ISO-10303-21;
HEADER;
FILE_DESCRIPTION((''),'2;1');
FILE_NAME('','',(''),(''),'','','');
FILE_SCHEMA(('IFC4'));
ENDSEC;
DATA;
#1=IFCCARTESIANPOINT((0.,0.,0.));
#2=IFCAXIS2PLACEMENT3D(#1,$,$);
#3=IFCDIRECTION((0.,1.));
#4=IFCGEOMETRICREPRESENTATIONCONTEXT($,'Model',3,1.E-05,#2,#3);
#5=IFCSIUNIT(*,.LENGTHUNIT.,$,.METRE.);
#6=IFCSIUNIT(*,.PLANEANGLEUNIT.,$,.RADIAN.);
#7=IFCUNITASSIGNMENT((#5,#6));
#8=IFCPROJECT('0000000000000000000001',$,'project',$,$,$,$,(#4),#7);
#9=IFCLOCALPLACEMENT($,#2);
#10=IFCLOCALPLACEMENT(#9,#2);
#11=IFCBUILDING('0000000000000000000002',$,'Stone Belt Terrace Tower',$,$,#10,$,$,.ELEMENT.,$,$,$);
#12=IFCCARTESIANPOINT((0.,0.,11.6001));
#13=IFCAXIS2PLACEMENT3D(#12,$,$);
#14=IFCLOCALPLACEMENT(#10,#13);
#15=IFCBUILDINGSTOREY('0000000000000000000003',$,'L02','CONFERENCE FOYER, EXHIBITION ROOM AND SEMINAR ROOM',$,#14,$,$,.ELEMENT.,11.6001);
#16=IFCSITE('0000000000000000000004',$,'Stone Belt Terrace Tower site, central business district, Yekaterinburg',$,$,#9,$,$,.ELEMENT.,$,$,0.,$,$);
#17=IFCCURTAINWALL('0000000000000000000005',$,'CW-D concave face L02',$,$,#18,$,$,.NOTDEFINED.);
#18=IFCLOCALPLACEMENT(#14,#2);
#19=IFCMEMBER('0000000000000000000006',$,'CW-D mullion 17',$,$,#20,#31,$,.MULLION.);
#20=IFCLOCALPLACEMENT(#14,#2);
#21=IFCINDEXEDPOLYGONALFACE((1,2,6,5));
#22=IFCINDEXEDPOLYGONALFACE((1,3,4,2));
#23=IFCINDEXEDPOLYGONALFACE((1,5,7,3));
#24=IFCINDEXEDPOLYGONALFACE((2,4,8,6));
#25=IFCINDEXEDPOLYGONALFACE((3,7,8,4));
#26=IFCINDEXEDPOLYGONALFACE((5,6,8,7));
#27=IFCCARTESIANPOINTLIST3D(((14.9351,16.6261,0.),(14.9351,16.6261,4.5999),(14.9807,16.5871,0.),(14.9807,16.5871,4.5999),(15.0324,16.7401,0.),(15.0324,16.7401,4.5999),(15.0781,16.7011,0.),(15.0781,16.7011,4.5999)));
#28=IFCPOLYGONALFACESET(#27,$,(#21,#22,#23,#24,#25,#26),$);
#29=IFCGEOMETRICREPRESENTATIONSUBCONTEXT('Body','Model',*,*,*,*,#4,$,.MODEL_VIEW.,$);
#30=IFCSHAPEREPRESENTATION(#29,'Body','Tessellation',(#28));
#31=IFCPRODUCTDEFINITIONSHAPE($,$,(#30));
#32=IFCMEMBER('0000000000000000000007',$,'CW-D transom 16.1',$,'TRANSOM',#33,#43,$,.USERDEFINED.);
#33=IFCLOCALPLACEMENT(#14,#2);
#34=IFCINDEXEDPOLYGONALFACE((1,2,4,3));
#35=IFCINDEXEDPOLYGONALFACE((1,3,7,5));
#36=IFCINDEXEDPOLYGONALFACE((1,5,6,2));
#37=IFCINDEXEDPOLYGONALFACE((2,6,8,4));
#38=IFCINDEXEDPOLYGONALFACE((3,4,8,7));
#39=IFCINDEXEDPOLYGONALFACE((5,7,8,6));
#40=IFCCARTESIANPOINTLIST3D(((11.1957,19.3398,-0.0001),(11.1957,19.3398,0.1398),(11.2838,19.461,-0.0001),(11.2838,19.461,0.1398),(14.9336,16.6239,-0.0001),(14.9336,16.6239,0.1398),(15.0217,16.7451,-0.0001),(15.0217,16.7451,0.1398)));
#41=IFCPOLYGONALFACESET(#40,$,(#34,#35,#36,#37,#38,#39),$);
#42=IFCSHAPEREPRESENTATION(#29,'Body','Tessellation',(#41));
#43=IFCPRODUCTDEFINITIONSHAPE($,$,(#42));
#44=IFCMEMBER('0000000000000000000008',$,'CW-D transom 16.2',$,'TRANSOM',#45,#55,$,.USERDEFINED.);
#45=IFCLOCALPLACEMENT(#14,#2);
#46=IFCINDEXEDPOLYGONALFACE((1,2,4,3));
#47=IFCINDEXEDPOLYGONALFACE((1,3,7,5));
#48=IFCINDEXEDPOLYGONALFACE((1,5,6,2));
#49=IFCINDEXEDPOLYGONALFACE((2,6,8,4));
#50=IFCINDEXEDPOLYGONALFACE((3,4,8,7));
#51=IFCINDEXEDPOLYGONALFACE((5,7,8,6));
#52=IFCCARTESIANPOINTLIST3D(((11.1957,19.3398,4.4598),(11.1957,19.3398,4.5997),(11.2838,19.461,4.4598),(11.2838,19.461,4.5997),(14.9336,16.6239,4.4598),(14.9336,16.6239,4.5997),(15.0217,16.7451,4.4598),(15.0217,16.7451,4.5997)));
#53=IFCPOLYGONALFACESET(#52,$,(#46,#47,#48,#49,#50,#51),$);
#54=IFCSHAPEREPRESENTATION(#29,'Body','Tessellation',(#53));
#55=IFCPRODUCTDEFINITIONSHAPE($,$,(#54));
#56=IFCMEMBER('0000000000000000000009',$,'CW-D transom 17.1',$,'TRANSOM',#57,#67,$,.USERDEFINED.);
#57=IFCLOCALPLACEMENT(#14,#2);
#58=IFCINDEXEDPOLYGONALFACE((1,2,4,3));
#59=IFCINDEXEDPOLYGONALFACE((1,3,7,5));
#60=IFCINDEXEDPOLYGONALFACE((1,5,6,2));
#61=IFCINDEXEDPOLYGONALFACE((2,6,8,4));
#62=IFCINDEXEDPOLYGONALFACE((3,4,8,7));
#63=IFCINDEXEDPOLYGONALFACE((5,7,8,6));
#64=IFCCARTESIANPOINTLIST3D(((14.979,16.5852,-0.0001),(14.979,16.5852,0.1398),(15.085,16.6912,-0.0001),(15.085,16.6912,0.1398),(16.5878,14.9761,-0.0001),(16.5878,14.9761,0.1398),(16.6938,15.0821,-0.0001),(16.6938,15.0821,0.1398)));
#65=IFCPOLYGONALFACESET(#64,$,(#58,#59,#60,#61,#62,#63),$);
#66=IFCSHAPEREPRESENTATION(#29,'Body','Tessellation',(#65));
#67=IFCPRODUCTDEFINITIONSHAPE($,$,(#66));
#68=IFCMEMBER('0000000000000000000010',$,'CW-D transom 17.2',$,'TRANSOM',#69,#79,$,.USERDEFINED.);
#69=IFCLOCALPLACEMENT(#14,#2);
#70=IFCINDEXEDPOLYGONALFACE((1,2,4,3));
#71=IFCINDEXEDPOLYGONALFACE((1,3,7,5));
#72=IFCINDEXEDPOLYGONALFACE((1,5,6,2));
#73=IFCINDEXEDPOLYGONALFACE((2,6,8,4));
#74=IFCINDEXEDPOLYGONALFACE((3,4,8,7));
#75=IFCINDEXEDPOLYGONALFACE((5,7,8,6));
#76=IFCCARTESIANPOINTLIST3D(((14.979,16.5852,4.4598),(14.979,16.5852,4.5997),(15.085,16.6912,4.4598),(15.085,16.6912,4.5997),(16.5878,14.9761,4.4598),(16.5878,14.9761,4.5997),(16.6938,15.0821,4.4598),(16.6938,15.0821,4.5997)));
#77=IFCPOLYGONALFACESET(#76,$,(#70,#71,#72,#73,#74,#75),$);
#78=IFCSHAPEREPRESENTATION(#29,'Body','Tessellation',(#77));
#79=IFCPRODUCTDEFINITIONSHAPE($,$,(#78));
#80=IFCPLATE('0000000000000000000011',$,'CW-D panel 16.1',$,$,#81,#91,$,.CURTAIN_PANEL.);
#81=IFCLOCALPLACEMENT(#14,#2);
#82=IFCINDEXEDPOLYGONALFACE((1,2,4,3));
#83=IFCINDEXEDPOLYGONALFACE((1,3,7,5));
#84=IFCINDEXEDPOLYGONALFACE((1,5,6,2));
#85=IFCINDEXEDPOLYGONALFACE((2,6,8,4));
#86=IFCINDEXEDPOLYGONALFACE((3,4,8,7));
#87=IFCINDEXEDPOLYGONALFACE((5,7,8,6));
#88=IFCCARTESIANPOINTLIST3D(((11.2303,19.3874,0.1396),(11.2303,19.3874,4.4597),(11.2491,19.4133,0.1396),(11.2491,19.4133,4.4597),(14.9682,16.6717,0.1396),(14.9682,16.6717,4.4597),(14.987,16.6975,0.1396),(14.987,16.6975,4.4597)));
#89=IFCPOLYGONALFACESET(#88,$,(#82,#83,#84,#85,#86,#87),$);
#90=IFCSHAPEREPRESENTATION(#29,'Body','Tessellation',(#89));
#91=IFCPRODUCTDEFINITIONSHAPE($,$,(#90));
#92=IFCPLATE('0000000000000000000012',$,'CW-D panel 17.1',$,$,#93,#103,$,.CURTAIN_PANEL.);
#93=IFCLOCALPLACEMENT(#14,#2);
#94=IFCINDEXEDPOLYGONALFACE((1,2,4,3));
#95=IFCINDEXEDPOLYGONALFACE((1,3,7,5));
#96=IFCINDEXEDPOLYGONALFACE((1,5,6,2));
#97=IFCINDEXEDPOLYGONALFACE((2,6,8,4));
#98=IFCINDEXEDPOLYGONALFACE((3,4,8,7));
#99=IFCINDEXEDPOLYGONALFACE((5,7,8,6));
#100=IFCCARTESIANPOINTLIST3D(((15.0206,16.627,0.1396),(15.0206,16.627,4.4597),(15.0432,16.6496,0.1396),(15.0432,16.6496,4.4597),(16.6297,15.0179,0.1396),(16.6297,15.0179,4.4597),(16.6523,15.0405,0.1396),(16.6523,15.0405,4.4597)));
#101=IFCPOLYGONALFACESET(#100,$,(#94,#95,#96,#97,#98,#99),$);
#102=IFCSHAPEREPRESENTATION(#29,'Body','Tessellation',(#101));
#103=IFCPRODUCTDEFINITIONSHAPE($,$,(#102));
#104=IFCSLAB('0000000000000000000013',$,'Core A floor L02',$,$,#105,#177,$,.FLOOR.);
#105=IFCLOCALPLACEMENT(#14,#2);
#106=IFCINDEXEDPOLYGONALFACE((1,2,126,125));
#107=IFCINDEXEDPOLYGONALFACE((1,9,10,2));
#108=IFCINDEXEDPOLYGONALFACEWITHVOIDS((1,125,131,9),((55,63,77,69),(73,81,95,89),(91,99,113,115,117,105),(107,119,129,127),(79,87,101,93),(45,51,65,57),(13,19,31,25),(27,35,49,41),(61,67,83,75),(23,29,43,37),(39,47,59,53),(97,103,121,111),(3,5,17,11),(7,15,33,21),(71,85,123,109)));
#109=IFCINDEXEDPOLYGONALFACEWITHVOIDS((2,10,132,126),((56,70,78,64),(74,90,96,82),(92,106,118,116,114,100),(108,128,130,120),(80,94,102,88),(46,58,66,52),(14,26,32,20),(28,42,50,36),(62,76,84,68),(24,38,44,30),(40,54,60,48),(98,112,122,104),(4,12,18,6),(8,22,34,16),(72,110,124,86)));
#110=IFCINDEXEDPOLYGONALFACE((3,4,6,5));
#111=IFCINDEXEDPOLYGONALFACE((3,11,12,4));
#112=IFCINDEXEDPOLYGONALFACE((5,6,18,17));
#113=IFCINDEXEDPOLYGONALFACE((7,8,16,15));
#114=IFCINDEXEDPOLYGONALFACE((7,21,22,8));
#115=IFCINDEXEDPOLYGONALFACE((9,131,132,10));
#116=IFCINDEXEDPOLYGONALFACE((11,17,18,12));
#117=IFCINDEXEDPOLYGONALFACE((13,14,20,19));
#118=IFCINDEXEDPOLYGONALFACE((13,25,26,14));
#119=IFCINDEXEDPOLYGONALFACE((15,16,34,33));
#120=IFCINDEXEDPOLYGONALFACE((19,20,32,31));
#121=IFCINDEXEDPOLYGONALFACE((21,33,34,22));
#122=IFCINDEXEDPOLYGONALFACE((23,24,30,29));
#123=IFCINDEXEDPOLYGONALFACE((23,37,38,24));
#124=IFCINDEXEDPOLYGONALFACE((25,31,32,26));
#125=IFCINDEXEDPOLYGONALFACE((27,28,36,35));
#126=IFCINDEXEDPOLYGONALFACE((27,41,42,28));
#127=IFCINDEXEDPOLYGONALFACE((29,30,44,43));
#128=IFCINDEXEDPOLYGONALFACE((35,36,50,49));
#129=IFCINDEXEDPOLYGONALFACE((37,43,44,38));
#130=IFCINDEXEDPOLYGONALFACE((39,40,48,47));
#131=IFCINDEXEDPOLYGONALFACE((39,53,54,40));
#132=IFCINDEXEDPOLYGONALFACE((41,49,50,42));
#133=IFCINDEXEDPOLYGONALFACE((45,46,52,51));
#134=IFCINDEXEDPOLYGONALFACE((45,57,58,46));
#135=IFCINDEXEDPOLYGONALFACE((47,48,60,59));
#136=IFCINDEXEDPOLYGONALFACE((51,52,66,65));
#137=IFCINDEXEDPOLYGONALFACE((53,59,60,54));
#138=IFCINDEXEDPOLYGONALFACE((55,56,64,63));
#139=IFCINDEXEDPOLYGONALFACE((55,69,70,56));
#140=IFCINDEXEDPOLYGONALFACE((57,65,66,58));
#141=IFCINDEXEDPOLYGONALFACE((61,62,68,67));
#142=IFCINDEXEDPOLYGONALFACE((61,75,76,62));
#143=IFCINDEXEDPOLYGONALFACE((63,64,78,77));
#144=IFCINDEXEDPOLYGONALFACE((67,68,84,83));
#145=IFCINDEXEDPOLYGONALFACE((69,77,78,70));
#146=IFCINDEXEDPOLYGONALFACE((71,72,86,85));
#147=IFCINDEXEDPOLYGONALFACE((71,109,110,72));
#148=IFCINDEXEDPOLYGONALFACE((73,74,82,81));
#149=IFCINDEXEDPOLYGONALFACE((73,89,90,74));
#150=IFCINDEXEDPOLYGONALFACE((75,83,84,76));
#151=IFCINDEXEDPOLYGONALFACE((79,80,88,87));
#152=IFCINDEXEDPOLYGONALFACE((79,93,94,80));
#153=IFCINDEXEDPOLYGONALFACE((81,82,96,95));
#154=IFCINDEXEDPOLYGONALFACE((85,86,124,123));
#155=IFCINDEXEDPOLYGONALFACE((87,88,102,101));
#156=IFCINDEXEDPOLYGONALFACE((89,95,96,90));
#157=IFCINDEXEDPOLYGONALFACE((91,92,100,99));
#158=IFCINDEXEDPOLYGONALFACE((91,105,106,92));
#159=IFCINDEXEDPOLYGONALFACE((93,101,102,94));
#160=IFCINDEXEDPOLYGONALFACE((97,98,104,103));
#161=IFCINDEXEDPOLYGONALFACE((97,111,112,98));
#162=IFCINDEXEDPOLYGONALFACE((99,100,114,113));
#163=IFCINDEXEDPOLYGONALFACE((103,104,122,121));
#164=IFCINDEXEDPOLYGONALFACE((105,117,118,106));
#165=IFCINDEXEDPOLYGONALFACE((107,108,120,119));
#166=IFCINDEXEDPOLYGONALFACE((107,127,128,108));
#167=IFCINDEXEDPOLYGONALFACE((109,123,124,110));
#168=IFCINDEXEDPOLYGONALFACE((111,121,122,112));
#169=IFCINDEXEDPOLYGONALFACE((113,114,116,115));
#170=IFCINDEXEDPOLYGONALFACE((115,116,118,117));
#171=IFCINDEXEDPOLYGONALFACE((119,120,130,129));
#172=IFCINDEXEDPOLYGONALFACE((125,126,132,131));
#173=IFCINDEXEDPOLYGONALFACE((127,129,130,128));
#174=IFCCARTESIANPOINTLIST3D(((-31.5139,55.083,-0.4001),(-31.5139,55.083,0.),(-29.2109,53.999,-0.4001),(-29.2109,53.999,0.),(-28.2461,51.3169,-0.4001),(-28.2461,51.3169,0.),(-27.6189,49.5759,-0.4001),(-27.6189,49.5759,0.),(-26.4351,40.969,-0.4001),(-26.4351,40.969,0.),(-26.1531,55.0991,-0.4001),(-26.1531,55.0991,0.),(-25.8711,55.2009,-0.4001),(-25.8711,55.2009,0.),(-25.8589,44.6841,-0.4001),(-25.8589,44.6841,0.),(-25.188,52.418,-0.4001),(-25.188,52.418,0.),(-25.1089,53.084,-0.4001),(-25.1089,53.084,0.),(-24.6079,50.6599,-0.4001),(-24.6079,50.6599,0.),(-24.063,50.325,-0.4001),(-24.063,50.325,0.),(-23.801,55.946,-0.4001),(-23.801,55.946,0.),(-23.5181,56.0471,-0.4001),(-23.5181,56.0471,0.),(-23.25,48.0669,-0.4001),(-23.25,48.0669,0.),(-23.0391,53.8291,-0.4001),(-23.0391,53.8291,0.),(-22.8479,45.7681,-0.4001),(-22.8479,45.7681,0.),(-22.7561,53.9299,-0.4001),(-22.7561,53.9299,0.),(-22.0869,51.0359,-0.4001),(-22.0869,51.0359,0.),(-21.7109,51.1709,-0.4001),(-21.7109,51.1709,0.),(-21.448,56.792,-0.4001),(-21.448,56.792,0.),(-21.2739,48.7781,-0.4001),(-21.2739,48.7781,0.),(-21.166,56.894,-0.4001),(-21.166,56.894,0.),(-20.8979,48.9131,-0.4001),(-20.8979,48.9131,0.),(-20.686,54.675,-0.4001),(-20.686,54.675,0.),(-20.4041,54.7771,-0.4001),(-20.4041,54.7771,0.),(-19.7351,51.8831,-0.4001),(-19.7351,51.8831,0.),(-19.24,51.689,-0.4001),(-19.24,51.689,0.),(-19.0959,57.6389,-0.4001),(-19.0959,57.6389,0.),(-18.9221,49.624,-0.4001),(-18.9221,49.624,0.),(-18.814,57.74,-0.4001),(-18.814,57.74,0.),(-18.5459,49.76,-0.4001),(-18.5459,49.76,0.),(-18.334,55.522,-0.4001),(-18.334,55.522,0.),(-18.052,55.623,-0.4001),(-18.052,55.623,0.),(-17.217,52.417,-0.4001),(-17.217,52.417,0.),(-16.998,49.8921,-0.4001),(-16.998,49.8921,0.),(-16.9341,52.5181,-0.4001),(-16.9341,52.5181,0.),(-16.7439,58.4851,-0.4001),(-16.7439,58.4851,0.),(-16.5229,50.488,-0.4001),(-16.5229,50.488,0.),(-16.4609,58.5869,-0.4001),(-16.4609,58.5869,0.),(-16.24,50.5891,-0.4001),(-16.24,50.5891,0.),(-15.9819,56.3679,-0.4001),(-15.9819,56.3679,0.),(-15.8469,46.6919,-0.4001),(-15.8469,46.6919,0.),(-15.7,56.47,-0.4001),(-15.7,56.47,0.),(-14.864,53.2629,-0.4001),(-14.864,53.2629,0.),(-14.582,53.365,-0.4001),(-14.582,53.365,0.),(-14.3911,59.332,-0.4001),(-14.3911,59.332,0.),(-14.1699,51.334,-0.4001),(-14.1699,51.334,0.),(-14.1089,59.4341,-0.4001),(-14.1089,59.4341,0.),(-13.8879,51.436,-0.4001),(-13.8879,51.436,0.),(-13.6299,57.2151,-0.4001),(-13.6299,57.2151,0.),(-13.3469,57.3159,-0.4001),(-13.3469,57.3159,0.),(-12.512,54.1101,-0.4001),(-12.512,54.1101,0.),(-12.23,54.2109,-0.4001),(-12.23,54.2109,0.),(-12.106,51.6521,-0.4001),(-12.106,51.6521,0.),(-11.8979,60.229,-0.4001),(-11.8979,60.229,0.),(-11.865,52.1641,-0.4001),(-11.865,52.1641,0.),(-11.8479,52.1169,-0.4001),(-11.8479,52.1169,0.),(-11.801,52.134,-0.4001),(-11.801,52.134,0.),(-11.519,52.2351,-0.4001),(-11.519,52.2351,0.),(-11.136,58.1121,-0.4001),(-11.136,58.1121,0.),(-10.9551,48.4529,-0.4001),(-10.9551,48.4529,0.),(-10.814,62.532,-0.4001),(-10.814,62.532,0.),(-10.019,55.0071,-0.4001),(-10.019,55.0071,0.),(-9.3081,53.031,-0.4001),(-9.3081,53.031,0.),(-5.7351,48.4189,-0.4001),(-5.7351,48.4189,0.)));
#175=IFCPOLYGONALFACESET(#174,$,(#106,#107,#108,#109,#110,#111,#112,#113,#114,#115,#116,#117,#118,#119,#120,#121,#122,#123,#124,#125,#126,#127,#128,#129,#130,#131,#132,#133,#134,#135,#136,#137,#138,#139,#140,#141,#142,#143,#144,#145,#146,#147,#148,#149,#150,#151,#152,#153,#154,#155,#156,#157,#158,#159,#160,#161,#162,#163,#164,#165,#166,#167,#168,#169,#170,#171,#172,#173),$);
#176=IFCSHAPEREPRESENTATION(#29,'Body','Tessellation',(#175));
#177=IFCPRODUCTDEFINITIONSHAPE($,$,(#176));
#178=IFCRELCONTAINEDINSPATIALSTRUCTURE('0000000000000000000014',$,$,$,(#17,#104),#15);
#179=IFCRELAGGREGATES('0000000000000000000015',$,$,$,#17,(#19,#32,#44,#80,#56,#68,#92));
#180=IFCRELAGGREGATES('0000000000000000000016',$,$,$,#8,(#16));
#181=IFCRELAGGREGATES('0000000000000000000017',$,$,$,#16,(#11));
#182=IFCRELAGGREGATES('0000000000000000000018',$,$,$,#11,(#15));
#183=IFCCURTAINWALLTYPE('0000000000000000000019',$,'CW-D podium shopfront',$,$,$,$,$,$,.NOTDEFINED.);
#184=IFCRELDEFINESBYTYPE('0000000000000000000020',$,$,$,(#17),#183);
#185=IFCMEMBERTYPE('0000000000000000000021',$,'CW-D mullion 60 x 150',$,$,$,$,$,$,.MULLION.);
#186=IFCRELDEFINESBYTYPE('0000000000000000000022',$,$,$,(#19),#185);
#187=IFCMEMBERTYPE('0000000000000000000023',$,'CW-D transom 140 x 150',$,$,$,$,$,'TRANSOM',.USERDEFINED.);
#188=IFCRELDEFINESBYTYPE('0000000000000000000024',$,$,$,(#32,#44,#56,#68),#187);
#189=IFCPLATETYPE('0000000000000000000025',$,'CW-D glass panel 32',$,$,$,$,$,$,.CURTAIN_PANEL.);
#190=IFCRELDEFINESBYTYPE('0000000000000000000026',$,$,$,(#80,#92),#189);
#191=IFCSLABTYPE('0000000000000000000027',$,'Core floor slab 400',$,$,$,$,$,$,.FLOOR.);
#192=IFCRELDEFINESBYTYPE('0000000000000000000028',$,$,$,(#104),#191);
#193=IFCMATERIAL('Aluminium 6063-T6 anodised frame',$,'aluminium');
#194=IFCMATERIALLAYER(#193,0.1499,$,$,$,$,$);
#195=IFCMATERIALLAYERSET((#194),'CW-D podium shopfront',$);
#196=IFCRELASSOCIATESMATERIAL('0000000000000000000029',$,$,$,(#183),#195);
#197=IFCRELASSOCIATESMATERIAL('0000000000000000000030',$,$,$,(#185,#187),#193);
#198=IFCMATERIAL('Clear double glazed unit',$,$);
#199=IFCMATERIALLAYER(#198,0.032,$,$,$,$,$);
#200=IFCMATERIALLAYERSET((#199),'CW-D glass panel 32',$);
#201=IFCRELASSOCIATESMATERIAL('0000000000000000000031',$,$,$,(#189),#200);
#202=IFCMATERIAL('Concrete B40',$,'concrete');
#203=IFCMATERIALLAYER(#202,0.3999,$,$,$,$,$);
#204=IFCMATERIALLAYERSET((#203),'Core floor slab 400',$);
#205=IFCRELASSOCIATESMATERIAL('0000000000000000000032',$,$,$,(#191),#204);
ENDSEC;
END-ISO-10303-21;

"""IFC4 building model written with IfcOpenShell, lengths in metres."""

from ifc_helpers import new_model, si_unit, direction, frame, origin, origin_2d, place, context, subcontext, project, spatial, polyline, rectangle, outline, extrude, material, layer, layer_set, material_profile, profile_set, type_object, element, aggregate, save


model = new_model("IFC4")

# Units and contexts
model_context = context("Model", 3, precision=1e-05, world=origin(), true_north=direction((0.0, 1.0)))
body_context = subcontext(model_context, "Body", "Model", "MODEL_VIEW")
ifc_project = project(units=[si_unit("LENGTHUNIT", "METRE"), si_unit("PLANEANGLEUNIT", "RADIAN")], contexts=[model_context])

# Site, building, storey
site_placement = place(None, origin())
site = spatial("IfcSite", under=ifc_project, at=site_placement, Name="Stone Belt Terrace Tower site, central business district, Yekaterinburg", CompositionType="ELEMENT", RefElevation=0.0)
building_placement = place(site_placement, origin())
building = spatial("IfcBuilding", under=site, at=building_placement, Name="Stone Belt Terrace Tower", CompositionType="ELEMENT")
storey_placement = place(building_placement, frame((0.0, 0.0, 11.6001)))
storey = spatial("IfcBuildingStorey", under=building, at=storey_placement, Name="L02", Description="CONFERENCE FOYER, EXHIBITION ROOM AND SEMINAR ROOM", CompositionType="ELEMENT", Elevation=11.6001)

# Curtain wall, members, plates
ifc_material_1 = material(Name="Aluminium 6063-T6 anodised frame", Category="aluminium")
ifc_layer_1 = layer(ifc_material_1, 0.1499)
ifc_layer_set_1 = layer_set([ifc_layer_1], Name="CW-D podium shopfront")
curtain_wall_type = type_object("IfcCurtainWallType", Name="CW-D podium shopfront", PredefinedType="NOTDEFINED", material=ifc_layer_set_1)
curtain_wall_placement = place(storey_placement, origin())
curtain_wall = element("IfcCurtainWall", 1, at=curtain_wall_placement, inside=storey, type_object=curtain_wall_type, Name="CW-D concave face L02", PredefinedType="NOTDEFINED")
ifc_material_profile_1 = material_profile(ifc_material_1, rectangle(XDim=0.1499, YDim=0.0601, at=origin_2d()), Name="Aluminium 6063-T6 60x150")
ifc_profile_set_1 = profile_set([ifc_material_profile_1], Name="Aluminium 6063-T6 anodised frame")
member_type_1 = type_object("IfcMemberType", Name="CW-D mullion 60 x 150", PredefinedType="MULLION", material=ifc_profile_set_1)
member_1_placement = place(storey_placement, frame((15.0066, 16.6636, 0.0), z_axis=(0.0, 0.0, 1.0), x_axis=(0.649448, 0.760406, 0.0)))
member_1 = element("IfcMember", 2, at=member_1_placement, type_object=member_type_1, Name="CW-D mullion 17", PredefinedType="MULLION", context=body_context, shape_type="SweptSolid", body=[
    extrude(rectangle(XDim=0.1499, YDim=0.0601, at=origin_2d()), origin(), (0.0, 0.0, 1.0), 4.5999),
])
ifc_material_profile_2 = material_profile(ifc_material_1, rectangle(XDim=0.1499, YDim=0.1399, at=origin_2d()), Name="Aluminium 6063-T6 150x140")
ifc_profile_set_2 = profile_set([ifc_material_profile_2], Name="Aluminium 6063-T6 anodised frame")
member_type_2 = type_object("IfcMemberType", Name="CW-D transom 140 x 150", ElementType="TRANSOM", PredefinedType="USERDEFINED", material=ifc_profile_set_2)
member_2_placement = place(storey_placement, frame((11.2397, 19.4004, 0.0698), z_axis=(0.809001, -0.587807, 0.0), x_axis=(0.587807, 0.809001, 0.0)))
member_2 = element("IfcMember", 3, at=member_2_placement, type_object=member_type_2, Name="CW-D transom 16.1", ObjectType="TRANSOM", PredefinedType="USERDEFINED", context=body_context, shape_type="SweptSolid", body=[
    extrude(rectangle(XDim=0.1499, YDim=0.1399, at=origin_2d()), origin(), (0.0, 0.0, 1.0), 4.6204),
])
member_3_placement = place(storey_placement, frame((11.2397, 19.4004, 4.5298), z_axis=(0.809001, -0.587807, 0.0), x_axis=(0.587807, 0.809001, 0.0)))
member_3 = element("IfcMember", 4, at=member_3_placement, type_object=member_type_2, Name="CW-D transom 16.2", ObjectType="TRANSOM", PredefinedType="USERDEFINED", context=body_context, shape_type="SweptSolid", body=[
    extrude(rectangle(XDim=0.1499, YDim=0.1399, at=origin_2d()), origin(), (0.0, 0.0, 1.0), 4.6204),
])
member_4_placement = place(storey_placement, frame((15.032, 16.6382, 0.0698), z_axis=(0.707053, -0.70716, 0.0), x_axis=(0.70716, 0.707053, 0.0)))
member_4 = element("IfcMember", 5, at=member_4_placement, type_object=member_type_2, Name="CW-D transom 17.1", ObjectType="TRANSOM", PredefinedType="USERDEFINED", context=body_context, shape_type="SweptSolid", body=[
    extrude(rectangle(XDim=0.1499, YDim=0.1399, at=origin_2d()), origin(), (0.0, 0.0, 1.0), 2.2754),
])
member_5_placement = place(storey_placement, frame((15.032, 16.6382, 4.5298), z_axis=(0.707053, -0.70716, 0.0), x_axis=(0.70716, 0.707053, 0.0)))
member_5 = element("IfcMember", 6, at=member_5_placement, type_object=member_type_2, Name="CW-D transom 17.2", ObjectType="TRANSOM", PredefinedType="USERDEFINED", context=body_context, shape_type="SweptSolid", body=[
    extrude(rectangle(XDim=0.1499, YDim=0.1399, at=origin_2d()), origin(), (0.0, 0.0, 1.0), 2.2754),
])
ifc_material_2 = material(Name="Clear double glazed unit")
ifc_layer_2 = layer(ifc_material_2, 0.032)
ifc_layer_set_2 = layer_set([ifc_layer_2], Name="CW-D glass panel 32")
plate_type = type_object("IfcPlateType", Name="CW-D glass panel 32", PredefinedType="CURTAIN_PANEL", material=ifc_layer_set_2)
plate_1_placement = place(storey_placement, frame((13.1086, 18.0425, 0.1396), z_axis=(0.0, 0.0, 1.0), x_axis=(0.809017, -0.587785, 0.0)))
plate_1 = element("IfcPlate", 7, at=plate_1_placement, type_object=plate_type, Name="CW-D panel 16.1", PredefinedType="CURTAIN_PANEL", context=body_context, shape_type="SweptSolid", body=[
    extrude(rectangle(XDim=4.6204, YDim=0.032, at=origin_2d()), origin(), (0.0, 0.0, 1.0), 4.3201),
])
plate_2_placement = place(storey_placement, frame((15.8364, 15.8337, 0.1396), z_axis=(0.0, 0.0, 1.0), x_axis=(0.707107, -0.707107, 0.0)))
plate_2 = element("IfcPlate", 8, at=plate_2_placement, type_object=plate_type, Name="CW-D panel 17.1", PredefinedType="CURTAIN_PANEL", context=body_context, shape_type="SweptSolid", body=[
    extrude(rectangle(XDim=2.2756, YDim=0.032, at=origin_2d()), origin(), (0.0, 0.0, 1.0), 4.3201),
])
aggregate(curtain_wall, [member_1, member_2, member_3, plate_1, member_4, member_5, plate_2])

# Slab
ifc_material_3 = material(Name="Concrete B40", Category="concrete")
ifc_layer_3 = layer(ifc_material_3, 0.3999)
ifc_layer_set_3 = layer_set([ifc_layer_3], Name="Core floor slab 400")
slab_type_1 = type_object("IfcSlabType", Name="Core floor slab 400", PredefinedType="FLOOR", material=ifc_layer_set_3)
slab_1_placement = place(storey_placement, frame((0.0, 0.0, -0.4001)))
element("IfcSlab", 9, at=slab_1_placement, inside=storey, type_object=slab_type_1, Name="Core A floor L02", PredefinedType="FLOOR", context=body_context, shape_type="SweptSolid", body=[
    extrude(outline(polyline([(-26.4351, 40.969), (-5.7351, 48.4189), (-10.814, 62.532), (-31.5139, 55.083), (-26.4351, 40.969)]), holes=[polyline([(-24.6079, 50.6599), (-22.8479, 45.7681), (-25.8589, 44.6841), (-27.6189, 49.5759), (-24.6079, 50.6599)]), polyline([(-21.2739, 48.7781), (-23.25, 48.0669), (-24.063, 50.325), (-22.0869, 51.0359), (-21.2739, 48.7781)]), polyline([(-18.9221, 49.624), (-20.8979, 48.9131), (-21.7109, 51.1709), (-19.7351, 51.8831), (-18.9221, 49.624)]), polyline([(-19.24, 51.689), (-17.217, 52.417), (-16.5229, 50.488), (-18.5459, 49.76), (-19.24, 51.689)]), polyline([(-29.2109, 53.999), (-26.1531, 55.0991), (-25.188, 52.418), (-28.2461, 51.3169), (-29.2109, 53.999)]), polyline([(-23.801, 55.946), (-23.0391, 53.8291), (-25.1089, 53.084), (-25.8711, 55.2009), (-23.801, 55.946)]), polyline([(-21.448, 56.792), (-20.686, 54.675), (-22.7561, 53.9299), (-23.5181, 56.0471), (-21.448, 56.792)]), polyline([(-19.0959, 57.6389), (-18.334, 55.522), (-20.4041, 54.7771), (-21.166, 56.894), (-19.0959, 57.6389)]), polyline([(-15.8469, 46.6919), (-16.998, 49.8921), (-12.106, 51.6521), (-10.9551, 48.4529), (-15.8469, 46.6919)]), polyline([(-16.24, 50.5891), (-16.9341, 52.5181), (-14.864, 53.2629), (-14.1699, 51.334), (-16.24, 50.5891)]), polyline([(-11.801, 52.134), (-11.8479, 52.1169), (-11.865, 52.1641), (-13.8879, 51.436), (-14.582, 53.365), (-12.512, 54.1101), (-11.801, 52.134)]), polyline([(-9.3081, 53.031), (-11.519, 52.2351), (-12.23, 54.2109), (-10.019, 55.0071), (-9.3081, 53.031)]), polyline([(-16.7439, 58.4851), (-15.9819, 56.3679), (-18.052, 55.623), (-18.814, 57.74), (-16.7439, 58.4851)]), polyline([(-14.3911, 59.332), (-13.6299, 57.2151), (-15.7, 56.47), (-16.4609, 58.5869), (-14.3911, 59.332)]), polyline([(-11.8979, 60.229), (-11.136, 58.1121), (-13.3469, 57.3159), (-14.1089, 59.4341), (-11.8979, 60.229)])]), origin(), (0.0, 0.0, 1.0), 0.4001),
])

save(model, "model.ifc")
